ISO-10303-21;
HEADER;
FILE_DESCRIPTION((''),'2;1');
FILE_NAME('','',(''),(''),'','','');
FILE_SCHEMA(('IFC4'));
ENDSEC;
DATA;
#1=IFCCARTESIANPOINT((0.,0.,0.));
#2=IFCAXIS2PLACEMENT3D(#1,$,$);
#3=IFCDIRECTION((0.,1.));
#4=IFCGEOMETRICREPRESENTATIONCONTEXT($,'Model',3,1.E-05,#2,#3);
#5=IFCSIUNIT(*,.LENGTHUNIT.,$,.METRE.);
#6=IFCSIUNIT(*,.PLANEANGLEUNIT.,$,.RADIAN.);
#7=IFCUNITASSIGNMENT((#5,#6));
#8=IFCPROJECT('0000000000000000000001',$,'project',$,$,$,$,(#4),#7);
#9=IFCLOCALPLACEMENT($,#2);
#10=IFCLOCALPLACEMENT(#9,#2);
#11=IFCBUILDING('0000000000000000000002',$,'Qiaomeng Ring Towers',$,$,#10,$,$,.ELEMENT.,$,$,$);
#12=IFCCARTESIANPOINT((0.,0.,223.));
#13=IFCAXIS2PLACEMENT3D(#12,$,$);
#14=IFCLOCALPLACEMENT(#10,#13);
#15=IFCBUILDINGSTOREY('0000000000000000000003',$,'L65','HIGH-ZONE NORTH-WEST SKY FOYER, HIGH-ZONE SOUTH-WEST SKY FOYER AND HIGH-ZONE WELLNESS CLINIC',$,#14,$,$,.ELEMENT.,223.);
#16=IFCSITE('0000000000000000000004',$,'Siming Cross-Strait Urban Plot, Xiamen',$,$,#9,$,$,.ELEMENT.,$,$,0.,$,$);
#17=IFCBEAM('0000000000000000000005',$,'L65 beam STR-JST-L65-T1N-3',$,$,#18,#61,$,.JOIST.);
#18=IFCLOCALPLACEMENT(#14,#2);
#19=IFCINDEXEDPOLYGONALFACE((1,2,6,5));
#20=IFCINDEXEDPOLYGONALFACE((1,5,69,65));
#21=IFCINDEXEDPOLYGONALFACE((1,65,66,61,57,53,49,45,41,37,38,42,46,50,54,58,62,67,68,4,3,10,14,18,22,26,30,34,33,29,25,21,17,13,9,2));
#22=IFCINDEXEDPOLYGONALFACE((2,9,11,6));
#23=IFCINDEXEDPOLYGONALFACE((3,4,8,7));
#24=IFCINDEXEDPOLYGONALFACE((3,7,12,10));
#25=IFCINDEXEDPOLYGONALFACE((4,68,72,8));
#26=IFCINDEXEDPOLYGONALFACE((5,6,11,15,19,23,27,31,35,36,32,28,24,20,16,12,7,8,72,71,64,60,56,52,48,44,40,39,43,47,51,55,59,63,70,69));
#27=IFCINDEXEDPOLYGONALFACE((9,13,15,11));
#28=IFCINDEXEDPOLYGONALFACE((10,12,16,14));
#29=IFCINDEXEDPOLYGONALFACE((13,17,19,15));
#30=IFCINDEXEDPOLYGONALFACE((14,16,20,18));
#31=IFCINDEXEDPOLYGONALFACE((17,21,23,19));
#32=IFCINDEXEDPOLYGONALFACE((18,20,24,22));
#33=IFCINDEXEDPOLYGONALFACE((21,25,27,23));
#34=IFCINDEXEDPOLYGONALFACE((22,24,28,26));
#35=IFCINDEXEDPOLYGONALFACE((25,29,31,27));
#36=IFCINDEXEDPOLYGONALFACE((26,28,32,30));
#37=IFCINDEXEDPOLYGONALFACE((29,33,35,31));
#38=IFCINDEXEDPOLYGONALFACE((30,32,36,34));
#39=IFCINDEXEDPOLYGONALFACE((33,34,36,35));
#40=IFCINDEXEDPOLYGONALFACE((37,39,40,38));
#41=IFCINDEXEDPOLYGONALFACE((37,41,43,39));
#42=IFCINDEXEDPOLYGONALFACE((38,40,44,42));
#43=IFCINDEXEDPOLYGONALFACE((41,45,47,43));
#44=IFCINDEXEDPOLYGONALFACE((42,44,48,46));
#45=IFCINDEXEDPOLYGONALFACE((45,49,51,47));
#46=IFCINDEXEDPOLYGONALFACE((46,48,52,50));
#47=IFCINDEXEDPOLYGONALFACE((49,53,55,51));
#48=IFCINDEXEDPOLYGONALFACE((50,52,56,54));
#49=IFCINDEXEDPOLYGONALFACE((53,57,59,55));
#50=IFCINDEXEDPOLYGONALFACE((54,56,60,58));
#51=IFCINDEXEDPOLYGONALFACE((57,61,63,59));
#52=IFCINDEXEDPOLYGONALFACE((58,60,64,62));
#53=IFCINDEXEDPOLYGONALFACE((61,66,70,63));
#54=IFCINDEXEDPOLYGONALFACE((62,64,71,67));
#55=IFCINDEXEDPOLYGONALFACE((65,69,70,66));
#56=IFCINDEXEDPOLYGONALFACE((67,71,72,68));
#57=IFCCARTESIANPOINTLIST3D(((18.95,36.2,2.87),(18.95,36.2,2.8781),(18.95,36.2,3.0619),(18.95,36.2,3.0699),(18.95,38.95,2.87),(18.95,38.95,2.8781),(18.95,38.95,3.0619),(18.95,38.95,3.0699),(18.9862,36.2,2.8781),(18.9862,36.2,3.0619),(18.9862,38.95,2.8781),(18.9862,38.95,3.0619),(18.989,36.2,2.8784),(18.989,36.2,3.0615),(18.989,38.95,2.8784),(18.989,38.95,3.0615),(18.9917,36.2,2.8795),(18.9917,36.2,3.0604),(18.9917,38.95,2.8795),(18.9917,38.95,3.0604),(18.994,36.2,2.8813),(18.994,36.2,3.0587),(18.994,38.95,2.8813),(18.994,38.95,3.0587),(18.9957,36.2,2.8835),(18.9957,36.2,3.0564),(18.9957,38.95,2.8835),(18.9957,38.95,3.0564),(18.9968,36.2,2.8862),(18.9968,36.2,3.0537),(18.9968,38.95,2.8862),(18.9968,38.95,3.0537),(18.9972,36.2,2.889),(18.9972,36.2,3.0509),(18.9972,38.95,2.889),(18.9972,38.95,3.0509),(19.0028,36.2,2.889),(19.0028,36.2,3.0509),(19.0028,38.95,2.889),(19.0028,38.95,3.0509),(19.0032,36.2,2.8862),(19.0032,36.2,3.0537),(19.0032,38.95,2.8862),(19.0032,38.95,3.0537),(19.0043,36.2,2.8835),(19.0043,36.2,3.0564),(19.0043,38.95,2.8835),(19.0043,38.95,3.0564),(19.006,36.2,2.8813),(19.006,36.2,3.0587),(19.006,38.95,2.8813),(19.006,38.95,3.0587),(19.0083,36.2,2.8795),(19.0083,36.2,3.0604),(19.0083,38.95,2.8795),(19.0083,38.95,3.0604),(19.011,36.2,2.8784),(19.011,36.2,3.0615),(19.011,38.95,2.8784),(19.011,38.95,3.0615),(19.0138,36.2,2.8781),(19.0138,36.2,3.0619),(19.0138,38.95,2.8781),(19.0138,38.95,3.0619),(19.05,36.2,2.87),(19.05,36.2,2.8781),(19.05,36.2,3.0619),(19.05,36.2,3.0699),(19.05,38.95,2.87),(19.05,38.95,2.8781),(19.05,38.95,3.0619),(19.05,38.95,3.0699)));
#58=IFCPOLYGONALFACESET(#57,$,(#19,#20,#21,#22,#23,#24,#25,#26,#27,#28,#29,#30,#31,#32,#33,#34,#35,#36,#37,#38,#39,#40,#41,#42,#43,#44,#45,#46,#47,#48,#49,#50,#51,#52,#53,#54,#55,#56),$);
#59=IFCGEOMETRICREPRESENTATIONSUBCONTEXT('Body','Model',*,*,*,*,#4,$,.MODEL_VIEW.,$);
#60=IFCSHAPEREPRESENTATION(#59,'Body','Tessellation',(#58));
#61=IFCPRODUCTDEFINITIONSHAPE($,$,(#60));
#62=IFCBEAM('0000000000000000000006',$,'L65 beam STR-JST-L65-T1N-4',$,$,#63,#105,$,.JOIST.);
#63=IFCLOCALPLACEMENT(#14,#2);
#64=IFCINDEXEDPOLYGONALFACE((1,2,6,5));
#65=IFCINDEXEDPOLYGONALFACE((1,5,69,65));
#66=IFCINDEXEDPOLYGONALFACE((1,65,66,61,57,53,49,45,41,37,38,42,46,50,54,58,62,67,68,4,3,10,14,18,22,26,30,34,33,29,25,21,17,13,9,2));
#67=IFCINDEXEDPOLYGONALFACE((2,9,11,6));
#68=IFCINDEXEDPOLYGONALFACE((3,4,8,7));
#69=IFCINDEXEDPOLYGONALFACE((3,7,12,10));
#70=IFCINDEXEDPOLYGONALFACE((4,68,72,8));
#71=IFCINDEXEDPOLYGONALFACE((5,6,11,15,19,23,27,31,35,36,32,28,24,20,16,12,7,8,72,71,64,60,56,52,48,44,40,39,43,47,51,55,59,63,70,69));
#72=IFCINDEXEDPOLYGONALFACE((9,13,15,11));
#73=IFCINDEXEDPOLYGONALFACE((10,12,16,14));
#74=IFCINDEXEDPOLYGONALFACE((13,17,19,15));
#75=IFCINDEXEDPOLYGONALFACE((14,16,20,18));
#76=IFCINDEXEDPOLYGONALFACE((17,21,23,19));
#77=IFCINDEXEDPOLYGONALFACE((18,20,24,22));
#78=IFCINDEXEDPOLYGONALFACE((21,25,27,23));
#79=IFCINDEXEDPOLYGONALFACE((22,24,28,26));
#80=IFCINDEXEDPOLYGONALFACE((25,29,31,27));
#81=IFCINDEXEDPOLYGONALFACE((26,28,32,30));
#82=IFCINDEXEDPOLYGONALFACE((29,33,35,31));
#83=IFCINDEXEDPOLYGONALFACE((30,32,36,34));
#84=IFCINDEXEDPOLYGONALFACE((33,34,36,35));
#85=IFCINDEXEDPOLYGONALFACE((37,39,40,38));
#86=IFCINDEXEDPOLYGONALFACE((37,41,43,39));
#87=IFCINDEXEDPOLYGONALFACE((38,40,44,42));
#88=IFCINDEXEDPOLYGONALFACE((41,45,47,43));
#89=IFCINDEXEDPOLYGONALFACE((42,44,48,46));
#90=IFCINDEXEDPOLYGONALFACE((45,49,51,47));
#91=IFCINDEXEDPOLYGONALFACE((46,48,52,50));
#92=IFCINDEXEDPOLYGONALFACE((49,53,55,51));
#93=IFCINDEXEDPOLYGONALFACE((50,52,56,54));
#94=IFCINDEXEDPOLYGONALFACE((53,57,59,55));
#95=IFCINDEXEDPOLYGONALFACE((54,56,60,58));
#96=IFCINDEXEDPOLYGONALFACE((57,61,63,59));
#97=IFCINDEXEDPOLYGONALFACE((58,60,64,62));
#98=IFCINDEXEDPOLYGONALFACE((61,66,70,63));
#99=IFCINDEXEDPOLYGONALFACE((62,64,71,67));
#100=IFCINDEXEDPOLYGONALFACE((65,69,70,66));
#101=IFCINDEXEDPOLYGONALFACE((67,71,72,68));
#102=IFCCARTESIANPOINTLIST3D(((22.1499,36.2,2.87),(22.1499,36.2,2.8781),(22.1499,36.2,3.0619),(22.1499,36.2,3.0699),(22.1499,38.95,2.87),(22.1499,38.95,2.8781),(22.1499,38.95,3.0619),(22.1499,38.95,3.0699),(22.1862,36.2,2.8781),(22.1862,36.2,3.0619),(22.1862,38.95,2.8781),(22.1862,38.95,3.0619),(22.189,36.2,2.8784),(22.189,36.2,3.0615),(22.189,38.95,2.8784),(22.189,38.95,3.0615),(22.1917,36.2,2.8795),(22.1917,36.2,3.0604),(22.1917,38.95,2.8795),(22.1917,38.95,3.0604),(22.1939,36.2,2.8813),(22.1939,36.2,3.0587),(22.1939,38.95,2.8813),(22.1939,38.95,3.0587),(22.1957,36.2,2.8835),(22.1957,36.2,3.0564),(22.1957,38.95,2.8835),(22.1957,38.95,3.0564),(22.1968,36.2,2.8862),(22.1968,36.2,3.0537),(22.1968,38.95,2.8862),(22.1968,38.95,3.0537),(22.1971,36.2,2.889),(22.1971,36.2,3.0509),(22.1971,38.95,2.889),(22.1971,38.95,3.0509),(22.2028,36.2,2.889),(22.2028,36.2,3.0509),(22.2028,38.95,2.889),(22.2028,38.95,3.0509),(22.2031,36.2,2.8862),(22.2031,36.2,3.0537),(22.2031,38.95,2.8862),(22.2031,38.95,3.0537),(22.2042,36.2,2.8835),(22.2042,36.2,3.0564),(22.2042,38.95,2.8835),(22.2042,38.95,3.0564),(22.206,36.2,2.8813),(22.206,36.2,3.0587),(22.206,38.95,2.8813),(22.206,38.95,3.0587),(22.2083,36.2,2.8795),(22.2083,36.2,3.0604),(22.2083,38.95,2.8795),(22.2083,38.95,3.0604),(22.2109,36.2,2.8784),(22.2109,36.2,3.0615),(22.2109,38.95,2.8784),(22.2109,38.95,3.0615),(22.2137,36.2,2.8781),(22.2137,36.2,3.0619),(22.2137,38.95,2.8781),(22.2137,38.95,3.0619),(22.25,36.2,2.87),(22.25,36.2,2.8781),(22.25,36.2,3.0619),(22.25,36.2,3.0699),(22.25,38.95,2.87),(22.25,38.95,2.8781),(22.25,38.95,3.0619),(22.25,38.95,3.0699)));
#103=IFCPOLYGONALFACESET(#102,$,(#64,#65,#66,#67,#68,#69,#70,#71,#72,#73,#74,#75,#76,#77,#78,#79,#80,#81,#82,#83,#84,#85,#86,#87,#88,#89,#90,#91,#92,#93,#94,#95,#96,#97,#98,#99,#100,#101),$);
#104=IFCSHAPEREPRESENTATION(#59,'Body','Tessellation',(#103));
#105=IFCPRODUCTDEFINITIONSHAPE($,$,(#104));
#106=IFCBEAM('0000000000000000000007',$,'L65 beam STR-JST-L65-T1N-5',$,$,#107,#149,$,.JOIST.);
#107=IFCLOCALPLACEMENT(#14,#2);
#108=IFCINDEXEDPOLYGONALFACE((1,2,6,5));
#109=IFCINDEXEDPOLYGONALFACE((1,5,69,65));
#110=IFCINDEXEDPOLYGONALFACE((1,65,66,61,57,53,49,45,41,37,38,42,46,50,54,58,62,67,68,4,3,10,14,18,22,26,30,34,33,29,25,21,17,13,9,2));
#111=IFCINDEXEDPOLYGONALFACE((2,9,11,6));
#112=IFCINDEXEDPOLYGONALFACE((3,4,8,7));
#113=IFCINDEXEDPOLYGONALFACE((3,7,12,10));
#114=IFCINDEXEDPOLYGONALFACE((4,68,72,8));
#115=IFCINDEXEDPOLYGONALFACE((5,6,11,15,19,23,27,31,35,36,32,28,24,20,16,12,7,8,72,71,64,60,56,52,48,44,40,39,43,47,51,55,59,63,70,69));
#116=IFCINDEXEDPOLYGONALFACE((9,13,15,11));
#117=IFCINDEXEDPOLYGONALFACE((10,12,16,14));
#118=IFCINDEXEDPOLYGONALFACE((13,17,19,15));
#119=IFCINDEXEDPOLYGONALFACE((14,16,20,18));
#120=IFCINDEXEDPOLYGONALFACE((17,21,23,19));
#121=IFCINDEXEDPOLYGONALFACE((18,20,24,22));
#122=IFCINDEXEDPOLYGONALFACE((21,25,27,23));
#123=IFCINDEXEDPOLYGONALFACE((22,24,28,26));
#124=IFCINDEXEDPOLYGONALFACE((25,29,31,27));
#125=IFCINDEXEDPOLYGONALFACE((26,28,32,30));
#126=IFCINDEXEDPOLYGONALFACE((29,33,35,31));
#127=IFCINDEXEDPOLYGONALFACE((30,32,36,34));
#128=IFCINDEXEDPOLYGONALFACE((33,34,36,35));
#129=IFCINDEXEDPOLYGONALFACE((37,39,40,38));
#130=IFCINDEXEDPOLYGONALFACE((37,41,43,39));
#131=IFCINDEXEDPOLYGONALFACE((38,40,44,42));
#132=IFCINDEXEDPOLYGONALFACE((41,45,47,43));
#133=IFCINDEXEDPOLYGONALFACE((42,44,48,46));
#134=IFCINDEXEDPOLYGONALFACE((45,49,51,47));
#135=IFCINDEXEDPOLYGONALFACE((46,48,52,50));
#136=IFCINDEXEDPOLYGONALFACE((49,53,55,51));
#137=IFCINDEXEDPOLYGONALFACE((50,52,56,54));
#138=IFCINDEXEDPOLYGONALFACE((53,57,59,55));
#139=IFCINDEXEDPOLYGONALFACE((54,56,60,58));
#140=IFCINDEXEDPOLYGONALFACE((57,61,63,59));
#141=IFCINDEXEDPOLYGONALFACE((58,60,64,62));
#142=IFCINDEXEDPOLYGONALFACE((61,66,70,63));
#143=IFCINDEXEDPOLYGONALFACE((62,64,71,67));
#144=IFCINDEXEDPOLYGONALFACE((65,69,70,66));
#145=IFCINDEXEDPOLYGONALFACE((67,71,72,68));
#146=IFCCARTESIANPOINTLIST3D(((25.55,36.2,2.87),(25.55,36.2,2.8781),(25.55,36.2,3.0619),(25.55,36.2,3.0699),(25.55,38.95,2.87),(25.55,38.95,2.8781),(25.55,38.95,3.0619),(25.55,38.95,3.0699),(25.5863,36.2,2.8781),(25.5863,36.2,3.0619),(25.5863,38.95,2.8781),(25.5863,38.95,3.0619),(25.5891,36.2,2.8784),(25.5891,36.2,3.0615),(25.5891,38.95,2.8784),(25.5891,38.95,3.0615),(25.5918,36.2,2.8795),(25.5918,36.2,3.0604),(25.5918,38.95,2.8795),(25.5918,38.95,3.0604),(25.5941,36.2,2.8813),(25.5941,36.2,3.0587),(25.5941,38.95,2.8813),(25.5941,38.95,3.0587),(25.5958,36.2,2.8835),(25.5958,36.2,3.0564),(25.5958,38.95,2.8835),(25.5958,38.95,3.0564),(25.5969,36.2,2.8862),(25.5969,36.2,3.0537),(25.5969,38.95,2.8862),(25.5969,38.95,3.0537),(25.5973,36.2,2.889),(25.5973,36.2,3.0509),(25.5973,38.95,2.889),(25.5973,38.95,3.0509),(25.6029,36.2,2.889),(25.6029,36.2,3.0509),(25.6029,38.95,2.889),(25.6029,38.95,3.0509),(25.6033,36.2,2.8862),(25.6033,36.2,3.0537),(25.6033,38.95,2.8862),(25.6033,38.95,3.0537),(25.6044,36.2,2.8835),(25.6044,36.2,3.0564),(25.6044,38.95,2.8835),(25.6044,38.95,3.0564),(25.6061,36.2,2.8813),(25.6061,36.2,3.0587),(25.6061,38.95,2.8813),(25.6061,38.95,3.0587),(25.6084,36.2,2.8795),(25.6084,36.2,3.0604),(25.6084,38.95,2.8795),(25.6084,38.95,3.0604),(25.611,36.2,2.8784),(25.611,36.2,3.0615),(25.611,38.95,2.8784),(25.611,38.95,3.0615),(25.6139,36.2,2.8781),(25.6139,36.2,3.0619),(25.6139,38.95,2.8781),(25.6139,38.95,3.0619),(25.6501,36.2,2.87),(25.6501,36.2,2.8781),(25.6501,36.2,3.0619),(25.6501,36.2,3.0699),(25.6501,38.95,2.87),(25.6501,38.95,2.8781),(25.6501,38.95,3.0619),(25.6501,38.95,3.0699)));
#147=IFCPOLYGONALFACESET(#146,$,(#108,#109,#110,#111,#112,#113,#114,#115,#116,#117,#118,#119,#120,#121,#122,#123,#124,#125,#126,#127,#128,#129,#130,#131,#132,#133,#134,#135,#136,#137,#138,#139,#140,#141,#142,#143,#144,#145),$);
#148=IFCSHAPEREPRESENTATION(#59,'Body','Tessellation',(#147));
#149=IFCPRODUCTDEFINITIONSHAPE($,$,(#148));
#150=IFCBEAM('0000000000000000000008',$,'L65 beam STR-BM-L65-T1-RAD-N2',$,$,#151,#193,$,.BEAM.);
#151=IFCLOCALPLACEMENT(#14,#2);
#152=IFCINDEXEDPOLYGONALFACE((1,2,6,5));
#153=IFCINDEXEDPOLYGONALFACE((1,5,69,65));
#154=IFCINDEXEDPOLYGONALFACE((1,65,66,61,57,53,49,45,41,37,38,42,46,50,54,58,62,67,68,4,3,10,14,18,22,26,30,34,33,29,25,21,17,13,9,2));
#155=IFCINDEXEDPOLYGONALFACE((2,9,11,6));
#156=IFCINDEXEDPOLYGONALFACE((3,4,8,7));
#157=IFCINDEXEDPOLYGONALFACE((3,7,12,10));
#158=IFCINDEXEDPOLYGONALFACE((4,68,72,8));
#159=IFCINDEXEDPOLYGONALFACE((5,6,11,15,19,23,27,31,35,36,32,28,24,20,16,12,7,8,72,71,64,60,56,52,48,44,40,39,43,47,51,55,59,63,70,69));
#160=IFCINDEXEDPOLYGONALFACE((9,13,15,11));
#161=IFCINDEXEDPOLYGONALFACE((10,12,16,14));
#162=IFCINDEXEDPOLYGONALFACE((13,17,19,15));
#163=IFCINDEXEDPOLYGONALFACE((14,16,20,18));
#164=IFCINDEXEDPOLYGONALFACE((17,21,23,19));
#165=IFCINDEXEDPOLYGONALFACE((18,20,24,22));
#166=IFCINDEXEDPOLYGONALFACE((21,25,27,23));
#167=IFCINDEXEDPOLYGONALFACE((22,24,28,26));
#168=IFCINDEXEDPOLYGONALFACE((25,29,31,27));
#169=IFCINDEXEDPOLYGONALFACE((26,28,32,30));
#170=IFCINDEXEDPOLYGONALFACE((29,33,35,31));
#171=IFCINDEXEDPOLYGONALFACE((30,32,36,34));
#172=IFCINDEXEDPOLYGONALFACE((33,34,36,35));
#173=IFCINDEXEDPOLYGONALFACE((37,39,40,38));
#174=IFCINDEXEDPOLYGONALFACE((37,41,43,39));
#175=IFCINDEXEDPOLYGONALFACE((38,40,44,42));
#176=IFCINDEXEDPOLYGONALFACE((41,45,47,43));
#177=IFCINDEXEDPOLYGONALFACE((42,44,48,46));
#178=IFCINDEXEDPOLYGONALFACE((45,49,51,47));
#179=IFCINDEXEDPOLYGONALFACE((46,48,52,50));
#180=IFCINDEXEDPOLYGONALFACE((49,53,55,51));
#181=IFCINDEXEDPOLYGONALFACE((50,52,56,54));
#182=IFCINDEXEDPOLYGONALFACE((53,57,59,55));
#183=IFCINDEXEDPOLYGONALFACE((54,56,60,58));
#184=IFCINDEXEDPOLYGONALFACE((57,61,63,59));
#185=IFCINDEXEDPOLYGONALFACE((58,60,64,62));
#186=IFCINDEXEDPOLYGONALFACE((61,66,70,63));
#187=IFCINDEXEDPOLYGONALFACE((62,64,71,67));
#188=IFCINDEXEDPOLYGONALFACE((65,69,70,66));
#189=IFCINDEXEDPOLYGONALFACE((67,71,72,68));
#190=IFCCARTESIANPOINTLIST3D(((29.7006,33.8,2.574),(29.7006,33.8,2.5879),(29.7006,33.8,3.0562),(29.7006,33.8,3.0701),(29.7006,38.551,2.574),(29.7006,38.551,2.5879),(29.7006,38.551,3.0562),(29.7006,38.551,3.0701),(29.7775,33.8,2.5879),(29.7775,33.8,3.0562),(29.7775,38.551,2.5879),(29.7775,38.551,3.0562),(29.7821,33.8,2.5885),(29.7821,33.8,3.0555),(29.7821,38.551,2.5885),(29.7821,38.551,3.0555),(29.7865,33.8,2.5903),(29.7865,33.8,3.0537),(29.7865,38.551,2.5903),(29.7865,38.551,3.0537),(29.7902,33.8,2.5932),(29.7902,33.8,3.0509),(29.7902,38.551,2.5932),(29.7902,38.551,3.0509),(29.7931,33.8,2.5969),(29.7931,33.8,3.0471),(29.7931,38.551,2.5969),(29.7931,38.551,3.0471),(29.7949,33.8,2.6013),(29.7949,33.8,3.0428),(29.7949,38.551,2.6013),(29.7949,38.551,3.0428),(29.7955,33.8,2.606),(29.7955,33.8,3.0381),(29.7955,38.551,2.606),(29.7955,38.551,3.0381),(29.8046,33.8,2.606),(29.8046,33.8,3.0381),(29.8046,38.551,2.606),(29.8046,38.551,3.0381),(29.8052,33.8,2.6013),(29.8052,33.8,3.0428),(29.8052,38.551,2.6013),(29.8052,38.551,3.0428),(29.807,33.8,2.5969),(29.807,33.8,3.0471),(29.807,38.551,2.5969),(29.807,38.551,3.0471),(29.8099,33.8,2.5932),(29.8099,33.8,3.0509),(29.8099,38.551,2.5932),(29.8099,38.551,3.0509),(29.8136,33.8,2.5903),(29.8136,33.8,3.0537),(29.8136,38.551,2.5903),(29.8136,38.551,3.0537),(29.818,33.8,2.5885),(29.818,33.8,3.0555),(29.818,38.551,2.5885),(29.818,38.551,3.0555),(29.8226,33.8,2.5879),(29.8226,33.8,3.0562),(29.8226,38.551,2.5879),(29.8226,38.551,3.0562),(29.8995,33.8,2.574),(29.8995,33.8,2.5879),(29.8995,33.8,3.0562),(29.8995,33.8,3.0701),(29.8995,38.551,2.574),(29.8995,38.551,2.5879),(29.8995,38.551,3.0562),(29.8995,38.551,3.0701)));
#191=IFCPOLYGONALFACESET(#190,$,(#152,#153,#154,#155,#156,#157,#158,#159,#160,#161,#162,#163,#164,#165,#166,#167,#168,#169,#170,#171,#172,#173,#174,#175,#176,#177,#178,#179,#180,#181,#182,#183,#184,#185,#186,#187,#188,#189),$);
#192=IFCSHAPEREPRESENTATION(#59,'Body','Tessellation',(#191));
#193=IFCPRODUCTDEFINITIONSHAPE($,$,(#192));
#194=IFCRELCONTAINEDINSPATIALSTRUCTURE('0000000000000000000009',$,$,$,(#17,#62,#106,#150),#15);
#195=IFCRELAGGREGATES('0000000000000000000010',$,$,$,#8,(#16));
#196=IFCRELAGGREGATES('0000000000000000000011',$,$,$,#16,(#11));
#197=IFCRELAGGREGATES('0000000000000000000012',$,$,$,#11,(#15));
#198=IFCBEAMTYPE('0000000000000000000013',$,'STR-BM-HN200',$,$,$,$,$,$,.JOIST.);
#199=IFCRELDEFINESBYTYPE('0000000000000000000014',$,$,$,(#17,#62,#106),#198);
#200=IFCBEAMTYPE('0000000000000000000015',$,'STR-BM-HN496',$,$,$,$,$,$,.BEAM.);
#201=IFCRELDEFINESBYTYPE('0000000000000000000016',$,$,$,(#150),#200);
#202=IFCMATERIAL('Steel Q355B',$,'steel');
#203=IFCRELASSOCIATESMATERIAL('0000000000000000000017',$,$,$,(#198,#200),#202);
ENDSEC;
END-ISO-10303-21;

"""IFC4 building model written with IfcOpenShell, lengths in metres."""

from ifc_helpers import new_model, si_unit, direction, frame, origin, origin_2d, place, context, subcontext, project, spatial, i_section, extrude, source, transform, mapped, material, material_profile, profile_set, type_object, element, save


model = new_model("IFC4")

# Units and contexts
model_context = context("Model", 3, precision=1e-05, world=origin(), true_north=direction((0.0, 1.0)))
body_context = subcontext(model_context, "Body", "Model", "MODEL_VIEW")
ifc_project = project(units=[si_unit("LENGTHUNIT", "METRE"), si_unit("PLANEANGLEUNIT", "RADIAN")], contexts=[model_context])

# Site, building, storey
site_placement = place(None, origin())
site = spatial("IfcSite", under=ifc_project, at=site_placement, Name="Siming Cross-Strait Urban Plot, Xiamen", CompositionType="ELEMENT", RefElevation=0.0)
building_placement = place(site_placement, origin())
building = spatial("IfcBuilding", under=site, at=building_placement, Name="Qiaomeng Ring Towers", CompositionType="ELEMENT")
storey_placement = place(building_placement, frame((0.0, 0.0, 223.0)))
storey = spatial("IfcBuildingStorey", under=building, at=storey_placement, Name="L65", Description="HIGH-ZONE NORTH-WEST SKY FOYER, HIGH-ZONE SOUTH-WEST SKY FOYER AND HIGH-ZONE WELLNESS CLINIC", CompositionType="ELEMENT", Elevation=223.0)

# Beams
ifc_material_1 = material(Name="Steel Q355B", Category="steel")
ifc_material_profile_1 = material_profile(ifc_material_1, i_section(OverallWidth=0.1001, OverallDepth=0.2, WebThickness=0.0056, FlangeThickness=0.0081, FilletRadius=0.011, at=origin_2d()), Name="HN 200x100x5.5x8")
ifc_profile_set_1 = profile_set([ifc_material_profile_1], Name="Steel Q355B")
beam_type_1 = type_object("IfcBeamType", Name="STR-BM-HN200", PredefinedType="JOIST", material=ifc_profile_set_1)
shared_shape_1 = source(origin(), body_context, "Body", "SweptSolid", [
    extrude(i_section(OverallWidth=0.1001, OverallDepth=0.2, WebThickness=0.0056, FlangeThickness=0.0081, FilletRadius=0.011, at=origin_2d()), origin(), (0.0, 0.0, 1.0), 2.75),
])
for number, where, z_axis, x_axis, name in (
    (1, (19.0, 36.2, 2.97), (0.0, 1.0, 0.0), (-1.0, 0.0, 0.0), "L65 beam STR-JST-L65-T1N-3"),
    (2, (22.2, 36.2, 2.97), (0.0, 1.0, 0.0), (-1.0, 0.0, 0.0), "L65 beam STR-JST-L65-T1N-4"),
    (3, (25.6001, 36.2, 2.97), (0.0, 1.0, 0.0), (-1.0, 0.0, 0.0), "L65 beam STR-JST-L65-T1N-5"),
):
    element("IfcBeam", number, at=place(storey_placement, frame(where, z_axis=z_axis, x_axis=x_axis)), inside=storey, type_object=beam_type_1, Name=name, PredefinedType="JOIST", context=body_context, shape_type="MappedRepresentation", body=[
        mapped(shared_shape_1, transform((0.0, 0.0, 0.0), x_axis=(1.0, 0.0, 0.0), y_axis=(0.0, 1.0, 0.0), z_axis=(0.0, 0.0, 1.0), scale=1.0)),
    ])
ifc_material_profile_2 = material_profile(ifc_material_1, i_section(OverallWidth=0.199, OverallDepth=0.4961, WebThickness=0.009, FlangeThickness=0.0139, FilletRadius=0.0181, at=origin_2d()), Name="HN 496x199x9x14")
ifc_profile_set_2 = profile_set([ifc_material_profile_2], Name="Steel Q355B")
beam_type_2 = type_object("IfcBeamType", Name="STR-BM-HN496", PredefinedType="BEAM", material=ifc_profile_set_2)
shared_shape_2 = source(origin(), body_context, "Body", "SweptSolid", [
    extrude(i_section(OverallWidth=0.199, OverallDepth=0.4961, WebThickness=0.009, FlangeThickness=0.0139, FilletRadius=0.0181, at=origin_2d()), origin(), (0.0, 0.0, 1.0), 4.751),
])
beam_1_placement = place(storey_placement, frame((29.8, 38.551, 2.822), z_axis=(0.0, -1.0, 0.0), x_axis=(1.0, 0.0, 0.0)))
element("IfcBeam", 4, at=beam_1_placement, inside=storey, type_object=beam_type_2, Name="L65 beam STR-BM-L65-T1-RAD-N2", PredefinedType="BEAM", context=body_context, shape_type="MappedRepresentation", body=[
    mapped(shared_shape_2, transform((0.0, 0.0, 0.0), x_axis=(1.0, 0.0, 0.0), y_axis=(0.0, 1.0, 0.0), z_axis=(0.0, 0.0, 1.0), scale=1.0)),
])

save(model, "model.ifc")
